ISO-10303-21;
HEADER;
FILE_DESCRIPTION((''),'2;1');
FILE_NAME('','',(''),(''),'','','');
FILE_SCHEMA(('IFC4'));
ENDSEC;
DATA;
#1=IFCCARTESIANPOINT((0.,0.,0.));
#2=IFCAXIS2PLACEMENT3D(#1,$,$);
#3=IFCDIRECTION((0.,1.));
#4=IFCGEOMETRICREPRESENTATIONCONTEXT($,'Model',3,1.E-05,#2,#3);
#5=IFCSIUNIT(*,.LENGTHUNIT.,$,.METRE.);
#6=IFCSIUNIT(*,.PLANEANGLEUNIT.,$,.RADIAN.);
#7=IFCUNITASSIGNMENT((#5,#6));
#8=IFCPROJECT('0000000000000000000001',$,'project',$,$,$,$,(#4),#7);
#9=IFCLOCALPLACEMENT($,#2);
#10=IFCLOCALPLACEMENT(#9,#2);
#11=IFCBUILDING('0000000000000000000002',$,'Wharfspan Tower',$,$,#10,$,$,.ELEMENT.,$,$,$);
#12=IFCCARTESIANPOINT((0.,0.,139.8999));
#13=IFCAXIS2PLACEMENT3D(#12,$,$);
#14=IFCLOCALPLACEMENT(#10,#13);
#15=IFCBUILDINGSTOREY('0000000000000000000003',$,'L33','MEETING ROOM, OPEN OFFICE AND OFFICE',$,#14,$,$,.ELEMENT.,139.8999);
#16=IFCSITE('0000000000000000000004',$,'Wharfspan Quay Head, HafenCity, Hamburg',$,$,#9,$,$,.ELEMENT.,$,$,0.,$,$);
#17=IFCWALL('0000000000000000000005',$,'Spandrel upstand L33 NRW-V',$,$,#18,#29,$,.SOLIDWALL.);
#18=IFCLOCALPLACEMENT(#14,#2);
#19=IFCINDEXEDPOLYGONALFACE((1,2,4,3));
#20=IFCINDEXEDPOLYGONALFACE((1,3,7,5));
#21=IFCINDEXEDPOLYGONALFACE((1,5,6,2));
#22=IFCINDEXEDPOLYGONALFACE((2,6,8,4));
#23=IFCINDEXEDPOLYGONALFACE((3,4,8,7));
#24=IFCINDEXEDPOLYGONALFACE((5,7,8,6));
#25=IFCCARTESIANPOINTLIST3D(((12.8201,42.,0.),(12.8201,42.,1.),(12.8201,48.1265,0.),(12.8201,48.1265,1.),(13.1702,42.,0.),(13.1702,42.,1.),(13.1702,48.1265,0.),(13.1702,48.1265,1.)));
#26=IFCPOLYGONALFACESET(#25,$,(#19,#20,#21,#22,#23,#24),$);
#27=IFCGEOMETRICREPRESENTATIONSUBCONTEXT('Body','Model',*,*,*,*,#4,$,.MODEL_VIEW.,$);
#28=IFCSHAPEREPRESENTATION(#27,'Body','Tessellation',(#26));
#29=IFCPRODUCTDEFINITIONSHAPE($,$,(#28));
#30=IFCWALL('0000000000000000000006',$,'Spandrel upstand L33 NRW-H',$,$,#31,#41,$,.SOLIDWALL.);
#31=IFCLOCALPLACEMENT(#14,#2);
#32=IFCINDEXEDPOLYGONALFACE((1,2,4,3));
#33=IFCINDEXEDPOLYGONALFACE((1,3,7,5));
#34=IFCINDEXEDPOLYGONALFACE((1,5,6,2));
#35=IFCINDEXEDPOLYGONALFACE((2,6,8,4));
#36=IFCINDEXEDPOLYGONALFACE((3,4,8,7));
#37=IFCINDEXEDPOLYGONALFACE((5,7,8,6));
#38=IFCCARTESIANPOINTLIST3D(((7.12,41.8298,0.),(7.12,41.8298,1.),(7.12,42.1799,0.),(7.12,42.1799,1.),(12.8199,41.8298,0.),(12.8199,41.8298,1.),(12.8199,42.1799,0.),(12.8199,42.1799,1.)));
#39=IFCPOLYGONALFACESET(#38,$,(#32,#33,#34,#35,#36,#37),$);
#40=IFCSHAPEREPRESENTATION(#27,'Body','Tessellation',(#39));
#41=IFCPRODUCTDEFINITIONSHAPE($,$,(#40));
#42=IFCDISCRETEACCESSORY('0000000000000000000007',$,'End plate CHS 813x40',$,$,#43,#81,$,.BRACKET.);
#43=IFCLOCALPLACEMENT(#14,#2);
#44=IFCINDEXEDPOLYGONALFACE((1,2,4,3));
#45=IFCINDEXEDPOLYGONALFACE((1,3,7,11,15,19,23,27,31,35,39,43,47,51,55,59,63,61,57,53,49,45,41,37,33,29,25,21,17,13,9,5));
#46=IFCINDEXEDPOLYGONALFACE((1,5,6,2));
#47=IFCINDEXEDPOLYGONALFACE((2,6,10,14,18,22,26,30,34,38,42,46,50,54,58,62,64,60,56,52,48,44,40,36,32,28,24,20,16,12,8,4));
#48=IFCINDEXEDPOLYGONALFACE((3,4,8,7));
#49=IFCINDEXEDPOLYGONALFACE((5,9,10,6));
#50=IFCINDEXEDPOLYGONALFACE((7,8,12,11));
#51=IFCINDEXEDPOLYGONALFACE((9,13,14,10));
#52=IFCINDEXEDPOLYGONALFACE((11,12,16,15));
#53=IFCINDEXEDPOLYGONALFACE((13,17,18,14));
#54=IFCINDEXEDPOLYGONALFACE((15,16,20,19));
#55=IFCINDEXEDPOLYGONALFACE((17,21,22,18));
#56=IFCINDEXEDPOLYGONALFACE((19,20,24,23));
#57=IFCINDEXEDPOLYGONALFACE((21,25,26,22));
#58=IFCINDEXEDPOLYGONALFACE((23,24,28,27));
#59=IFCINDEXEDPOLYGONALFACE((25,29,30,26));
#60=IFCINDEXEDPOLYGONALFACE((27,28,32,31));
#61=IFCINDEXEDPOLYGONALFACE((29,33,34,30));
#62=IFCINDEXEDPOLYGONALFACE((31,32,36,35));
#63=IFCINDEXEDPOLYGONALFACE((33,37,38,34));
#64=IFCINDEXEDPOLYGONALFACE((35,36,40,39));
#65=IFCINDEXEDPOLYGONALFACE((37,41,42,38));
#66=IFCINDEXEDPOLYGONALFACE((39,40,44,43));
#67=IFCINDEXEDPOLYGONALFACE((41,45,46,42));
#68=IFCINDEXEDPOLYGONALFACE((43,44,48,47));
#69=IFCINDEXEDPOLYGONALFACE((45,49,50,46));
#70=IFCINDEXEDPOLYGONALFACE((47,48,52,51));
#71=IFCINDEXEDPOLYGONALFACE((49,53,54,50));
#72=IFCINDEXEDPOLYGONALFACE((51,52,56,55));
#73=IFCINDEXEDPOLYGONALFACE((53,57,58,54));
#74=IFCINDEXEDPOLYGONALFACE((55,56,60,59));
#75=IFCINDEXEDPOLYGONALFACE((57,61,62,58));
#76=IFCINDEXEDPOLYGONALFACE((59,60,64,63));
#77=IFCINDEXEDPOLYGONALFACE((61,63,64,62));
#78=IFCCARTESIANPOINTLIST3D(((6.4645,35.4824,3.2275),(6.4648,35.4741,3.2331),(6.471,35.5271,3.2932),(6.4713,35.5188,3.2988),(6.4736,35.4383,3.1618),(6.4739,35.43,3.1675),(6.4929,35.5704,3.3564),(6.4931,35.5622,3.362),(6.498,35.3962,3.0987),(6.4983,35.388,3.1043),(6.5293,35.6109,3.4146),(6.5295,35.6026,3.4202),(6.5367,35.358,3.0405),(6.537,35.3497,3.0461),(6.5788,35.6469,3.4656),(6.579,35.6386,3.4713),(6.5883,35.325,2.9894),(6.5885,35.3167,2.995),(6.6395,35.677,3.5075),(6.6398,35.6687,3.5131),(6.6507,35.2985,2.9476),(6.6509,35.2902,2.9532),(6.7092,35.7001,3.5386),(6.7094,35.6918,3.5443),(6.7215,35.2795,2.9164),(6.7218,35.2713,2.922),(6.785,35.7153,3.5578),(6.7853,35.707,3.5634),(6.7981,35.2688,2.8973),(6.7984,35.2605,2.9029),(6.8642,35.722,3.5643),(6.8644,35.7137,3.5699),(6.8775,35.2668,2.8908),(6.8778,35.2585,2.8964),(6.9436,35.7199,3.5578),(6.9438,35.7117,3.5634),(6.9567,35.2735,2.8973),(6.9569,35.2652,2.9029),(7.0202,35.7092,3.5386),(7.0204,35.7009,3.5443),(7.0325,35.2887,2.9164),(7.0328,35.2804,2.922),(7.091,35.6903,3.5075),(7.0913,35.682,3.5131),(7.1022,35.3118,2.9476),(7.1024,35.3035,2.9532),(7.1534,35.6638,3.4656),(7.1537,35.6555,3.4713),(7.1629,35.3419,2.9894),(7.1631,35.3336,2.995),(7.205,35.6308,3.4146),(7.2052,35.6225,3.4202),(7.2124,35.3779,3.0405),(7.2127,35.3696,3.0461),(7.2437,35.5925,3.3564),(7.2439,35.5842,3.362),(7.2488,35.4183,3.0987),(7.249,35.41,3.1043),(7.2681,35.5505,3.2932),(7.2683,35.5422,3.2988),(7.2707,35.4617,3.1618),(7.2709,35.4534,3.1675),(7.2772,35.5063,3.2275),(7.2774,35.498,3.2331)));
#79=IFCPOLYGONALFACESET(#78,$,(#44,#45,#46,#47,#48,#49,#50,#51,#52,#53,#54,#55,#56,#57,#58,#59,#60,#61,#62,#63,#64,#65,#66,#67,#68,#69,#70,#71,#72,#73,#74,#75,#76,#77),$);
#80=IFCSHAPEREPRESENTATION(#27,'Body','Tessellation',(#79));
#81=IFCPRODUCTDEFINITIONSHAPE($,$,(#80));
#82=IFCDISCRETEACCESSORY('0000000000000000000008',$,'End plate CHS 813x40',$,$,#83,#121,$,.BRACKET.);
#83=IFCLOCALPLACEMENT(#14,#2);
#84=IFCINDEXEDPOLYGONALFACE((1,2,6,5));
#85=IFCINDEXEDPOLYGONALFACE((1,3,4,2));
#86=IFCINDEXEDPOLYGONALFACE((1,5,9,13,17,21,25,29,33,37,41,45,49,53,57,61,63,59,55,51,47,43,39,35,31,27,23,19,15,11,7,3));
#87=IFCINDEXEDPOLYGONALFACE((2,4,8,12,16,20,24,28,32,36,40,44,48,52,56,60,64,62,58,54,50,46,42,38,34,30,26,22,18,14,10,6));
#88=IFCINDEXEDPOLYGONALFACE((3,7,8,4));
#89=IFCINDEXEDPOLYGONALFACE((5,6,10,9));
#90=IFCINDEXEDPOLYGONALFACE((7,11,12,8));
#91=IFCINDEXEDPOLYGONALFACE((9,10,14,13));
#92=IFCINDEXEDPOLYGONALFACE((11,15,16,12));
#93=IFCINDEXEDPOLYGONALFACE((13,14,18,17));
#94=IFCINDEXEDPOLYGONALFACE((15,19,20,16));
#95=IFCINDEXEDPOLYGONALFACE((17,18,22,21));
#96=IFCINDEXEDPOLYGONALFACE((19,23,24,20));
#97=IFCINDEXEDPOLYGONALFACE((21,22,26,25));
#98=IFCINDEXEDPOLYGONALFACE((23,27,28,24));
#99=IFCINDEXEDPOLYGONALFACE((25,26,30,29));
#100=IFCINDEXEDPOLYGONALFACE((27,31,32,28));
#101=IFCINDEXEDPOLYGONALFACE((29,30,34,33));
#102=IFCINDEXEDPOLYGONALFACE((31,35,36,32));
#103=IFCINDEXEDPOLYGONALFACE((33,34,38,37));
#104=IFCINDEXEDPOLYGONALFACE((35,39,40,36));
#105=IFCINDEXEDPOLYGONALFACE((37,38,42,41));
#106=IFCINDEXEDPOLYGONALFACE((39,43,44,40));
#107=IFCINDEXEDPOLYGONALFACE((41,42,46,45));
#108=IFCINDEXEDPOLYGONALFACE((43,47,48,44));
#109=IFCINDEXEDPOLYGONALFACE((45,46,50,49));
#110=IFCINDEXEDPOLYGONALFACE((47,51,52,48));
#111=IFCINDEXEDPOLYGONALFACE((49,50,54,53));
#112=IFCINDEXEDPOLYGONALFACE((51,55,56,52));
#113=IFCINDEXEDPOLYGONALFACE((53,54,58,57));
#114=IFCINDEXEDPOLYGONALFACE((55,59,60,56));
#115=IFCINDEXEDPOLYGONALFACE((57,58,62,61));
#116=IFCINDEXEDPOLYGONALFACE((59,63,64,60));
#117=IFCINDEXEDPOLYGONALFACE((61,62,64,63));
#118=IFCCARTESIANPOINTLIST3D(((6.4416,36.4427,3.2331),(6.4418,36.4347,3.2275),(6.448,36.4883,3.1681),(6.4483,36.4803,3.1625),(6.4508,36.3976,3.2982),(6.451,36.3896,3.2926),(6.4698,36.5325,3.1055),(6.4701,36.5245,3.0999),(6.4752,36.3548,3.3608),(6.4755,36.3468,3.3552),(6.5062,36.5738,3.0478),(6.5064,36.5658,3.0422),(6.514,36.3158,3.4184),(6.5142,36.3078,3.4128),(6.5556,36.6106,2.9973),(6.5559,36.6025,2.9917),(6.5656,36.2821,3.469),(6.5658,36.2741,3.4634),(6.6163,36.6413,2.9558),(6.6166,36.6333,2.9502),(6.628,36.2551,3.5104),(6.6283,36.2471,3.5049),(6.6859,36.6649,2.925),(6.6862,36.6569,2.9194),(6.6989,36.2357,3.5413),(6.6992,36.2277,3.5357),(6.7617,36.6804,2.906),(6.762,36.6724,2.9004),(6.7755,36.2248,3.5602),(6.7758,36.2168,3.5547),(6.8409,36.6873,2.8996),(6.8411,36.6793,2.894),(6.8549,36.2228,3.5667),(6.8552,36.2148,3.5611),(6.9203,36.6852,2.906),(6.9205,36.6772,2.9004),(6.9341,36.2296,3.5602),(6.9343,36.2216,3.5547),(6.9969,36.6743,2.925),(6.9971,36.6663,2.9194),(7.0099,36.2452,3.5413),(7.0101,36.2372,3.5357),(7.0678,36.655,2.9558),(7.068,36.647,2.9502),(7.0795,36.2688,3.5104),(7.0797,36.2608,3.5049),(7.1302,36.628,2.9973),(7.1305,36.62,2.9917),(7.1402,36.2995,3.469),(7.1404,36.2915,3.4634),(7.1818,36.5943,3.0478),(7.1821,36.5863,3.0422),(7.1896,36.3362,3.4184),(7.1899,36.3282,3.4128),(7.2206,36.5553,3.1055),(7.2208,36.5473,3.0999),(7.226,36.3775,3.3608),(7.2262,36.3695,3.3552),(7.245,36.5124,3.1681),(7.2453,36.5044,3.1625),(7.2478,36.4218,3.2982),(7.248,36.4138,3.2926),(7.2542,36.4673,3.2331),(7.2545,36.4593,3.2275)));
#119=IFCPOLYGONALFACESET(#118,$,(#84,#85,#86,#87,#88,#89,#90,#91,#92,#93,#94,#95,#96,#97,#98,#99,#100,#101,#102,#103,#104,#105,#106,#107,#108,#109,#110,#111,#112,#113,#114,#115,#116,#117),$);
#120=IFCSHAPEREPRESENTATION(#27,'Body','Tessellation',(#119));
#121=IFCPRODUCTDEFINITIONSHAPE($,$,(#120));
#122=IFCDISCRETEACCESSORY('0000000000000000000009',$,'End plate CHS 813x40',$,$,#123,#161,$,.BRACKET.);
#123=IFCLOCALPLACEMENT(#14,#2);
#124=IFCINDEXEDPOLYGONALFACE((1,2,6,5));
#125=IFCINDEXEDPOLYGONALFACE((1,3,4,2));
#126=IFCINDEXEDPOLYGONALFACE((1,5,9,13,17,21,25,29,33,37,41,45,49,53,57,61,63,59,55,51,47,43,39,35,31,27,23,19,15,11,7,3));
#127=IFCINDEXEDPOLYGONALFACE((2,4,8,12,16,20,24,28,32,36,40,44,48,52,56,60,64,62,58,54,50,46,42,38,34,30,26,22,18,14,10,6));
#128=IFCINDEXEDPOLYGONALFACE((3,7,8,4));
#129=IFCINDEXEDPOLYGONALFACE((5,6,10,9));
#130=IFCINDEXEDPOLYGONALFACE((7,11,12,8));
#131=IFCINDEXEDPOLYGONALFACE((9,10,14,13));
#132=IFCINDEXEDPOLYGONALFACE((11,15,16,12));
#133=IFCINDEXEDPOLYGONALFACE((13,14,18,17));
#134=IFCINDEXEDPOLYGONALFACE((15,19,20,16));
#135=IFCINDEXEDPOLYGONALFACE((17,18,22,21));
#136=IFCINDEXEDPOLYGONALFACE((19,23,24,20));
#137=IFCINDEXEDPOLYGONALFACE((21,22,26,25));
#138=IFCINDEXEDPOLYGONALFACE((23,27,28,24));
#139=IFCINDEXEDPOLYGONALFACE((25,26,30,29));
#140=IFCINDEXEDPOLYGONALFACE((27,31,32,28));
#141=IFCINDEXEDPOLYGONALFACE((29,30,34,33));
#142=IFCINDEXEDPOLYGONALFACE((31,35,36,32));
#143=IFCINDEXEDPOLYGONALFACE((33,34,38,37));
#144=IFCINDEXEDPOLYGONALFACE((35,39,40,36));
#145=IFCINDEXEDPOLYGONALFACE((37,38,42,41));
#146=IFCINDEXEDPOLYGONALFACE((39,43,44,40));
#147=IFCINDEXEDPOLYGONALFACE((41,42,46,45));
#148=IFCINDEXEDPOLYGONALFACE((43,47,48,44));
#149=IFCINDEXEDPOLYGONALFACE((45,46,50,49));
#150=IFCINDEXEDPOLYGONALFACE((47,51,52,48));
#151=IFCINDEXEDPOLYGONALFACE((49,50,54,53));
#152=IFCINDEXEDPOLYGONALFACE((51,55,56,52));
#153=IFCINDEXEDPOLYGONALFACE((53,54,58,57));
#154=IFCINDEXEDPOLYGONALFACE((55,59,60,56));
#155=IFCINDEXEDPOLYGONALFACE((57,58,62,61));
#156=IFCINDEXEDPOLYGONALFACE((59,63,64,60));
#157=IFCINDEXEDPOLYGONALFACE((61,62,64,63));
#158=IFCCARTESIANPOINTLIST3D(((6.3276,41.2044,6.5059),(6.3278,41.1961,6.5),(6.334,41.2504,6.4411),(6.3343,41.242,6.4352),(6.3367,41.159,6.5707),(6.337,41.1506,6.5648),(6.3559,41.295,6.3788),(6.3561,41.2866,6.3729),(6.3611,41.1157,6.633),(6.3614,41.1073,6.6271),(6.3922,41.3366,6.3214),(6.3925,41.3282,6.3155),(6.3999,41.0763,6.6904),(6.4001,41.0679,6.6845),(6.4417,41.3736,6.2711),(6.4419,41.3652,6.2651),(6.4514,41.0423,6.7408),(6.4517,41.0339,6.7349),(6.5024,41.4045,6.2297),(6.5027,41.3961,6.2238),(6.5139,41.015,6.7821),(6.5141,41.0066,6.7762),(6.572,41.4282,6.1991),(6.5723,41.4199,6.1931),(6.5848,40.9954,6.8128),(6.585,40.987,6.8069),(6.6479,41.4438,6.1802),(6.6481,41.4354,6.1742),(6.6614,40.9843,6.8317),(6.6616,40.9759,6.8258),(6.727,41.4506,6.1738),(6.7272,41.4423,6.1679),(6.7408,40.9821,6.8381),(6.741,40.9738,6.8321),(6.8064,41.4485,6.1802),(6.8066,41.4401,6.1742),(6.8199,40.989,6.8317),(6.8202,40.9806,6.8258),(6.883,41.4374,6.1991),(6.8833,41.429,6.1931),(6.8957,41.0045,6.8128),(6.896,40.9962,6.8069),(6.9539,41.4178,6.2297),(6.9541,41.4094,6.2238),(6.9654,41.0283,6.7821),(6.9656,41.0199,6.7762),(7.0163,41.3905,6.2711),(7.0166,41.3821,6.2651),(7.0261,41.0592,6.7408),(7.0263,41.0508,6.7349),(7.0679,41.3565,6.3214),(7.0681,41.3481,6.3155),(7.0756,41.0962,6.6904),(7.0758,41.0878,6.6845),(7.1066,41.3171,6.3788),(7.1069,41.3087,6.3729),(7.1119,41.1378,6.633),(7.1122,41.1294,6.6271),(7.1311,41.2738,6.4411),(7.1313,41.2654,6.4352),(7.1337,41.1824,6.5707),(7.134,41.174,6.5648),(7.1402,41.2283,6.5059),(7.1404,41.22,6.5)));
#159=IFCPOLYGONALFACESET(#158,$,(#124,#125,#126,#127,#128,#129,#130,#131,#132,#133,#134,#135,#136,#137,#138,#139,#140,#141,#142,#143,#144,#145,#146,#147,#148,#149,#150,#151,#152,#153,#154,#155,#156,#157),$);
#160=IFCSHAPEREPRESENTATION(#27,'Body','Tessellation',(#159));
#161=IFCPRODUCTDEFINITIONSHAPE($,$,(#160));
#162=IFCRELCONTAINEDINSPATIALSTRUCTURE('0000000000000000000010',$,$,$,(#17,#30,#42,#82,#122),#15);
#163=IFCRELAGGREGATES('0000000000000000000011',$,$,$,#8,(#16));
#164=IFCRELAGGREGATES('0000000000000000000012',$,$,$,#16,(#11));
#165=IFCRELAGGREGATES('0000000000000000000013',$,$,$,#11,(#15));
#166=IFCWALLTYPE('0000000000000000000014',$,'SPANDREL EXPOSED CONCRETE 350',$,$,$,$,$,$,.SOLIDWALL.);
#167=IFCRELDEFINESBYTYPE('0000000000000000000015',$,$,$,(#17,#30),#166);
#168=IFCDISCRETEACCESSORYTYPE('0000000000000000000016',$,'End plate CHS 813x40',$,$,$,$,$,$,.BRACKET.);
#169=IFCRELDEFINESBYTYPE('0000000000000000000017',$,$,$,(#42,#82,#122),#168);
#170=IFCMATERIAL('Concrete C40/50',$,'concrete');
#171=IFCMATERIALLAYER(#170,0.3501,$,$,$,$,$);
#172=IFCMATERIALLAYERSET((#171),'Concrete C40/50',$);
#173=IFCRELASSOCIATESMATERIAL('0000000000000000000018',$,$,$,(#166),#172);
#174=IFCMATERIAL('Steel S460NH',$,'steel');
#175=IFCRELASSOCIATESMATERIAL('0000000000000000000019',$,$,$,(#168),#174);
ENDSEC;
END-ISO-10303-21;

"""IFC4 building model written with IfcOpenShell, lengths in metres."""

from ifc_helpers import new_model, si_unit, direction, frame, frame_2d, origin, origin_2d, place, context, subcontext, project, spatial, rectangle, circle, extrude, material, layer, layer_set, material_profile, profile_set, type_object, element, save


model = new_model("IFC4")

# Units and contexts
model_context = context("Model", 3, precision=1e-05, world=origin(), true_north=direction((0.0, 1.0)))
body_context = subcontext(model_context, "Body", "Model", "MODEL_VIEW")
ifc_project = project(units=[si_unit("LENGTHUNIT", "METRE"), si_unit("PLANEANGLEUNIT", "RADIAN")], contexts=[model_context])

# Site, building, storey
site_placement = place(None, origin())
site = spatial("IfcSite", under=ifc_project, at=site_placement, Name="Wharfspan Quay Head, HafenCity, Hamburg", CompositionType="ELEMENT", RefElevation=0.0)
building_placement = place(site_placement, origin())
building = spatial("IfcBuilding", under=site, at=building_placement, Name="Wharfspan Tower", CompositionType="ELEMENT")
storey_placement = place(building_placement, frame((0.0, 0.0, 139.8999)))
storey = spatial("IfcBuildingStorey", under=building, at=storey_placement, Name="L33", Description="MEETING ROOM, OPEN OFFICE AND OFFICE", CompositionType="ELEMENT", Elevation=139.8999)

# Shared definitions
ifc_material_1 = material(Name="Steel S460NH", Category="steel")

# Walls
ifc_material_2 = material(Name="Concrete C40/50", Category="concrete")
ifc_layer_1 = layer(ifc_material_2, 0.3501)
ifc_layer_set_1 = layer_set([ifc_layer_1], Name="Concrete C40/50")
wall_type = type_object("IfcWallType", Name="SPANDREL EXPOSED CONCRETE 350", PredefinedType="SOLIDWALL", material=ifc_layer_set_1)
wall_1_placement = place(storey_placement, frame((12.9951, 48.1265, 0.0), z_axis=(0.0, 0.0, 1.0), x_axis=(0.0, -1.0, 0.0)))
element("IfcWall", 1, at=wall_1_placement, inside=storey, type_object=wall_type, Name="Spandrel upstand L33 NRW-V", PredefinedType="SOLIDWALL", context=body_context, shape_type="SweptSolid", body=[
    extrude(rectangle(XDim=6.1265, YDim=0.3501, at=frame_2d((3.0632, 0.0))), origin(), (0.0, 0.0, 1.0), 1.0),
])
wall_2_placement = place(storey_placement, frame((12.8201, 42.0049, 0.0), z_axis=(0.0, 0.0, 1.0), x_axis=(-1.0, 0.0, 0.0)))
element("IfcWall", 2, at=wall_2_placement, inside=storey, type_object=wall_type, Name="Spandrel upstand L33 NRW-H", PredefinedType="SOLIDWALL", context=body_context, shape_type="SweptSolid", body=[
    extrude(rectangle(XDim=5.7, YDim=0.3501, at=frame_2d((2.8501, 0.0))), origin(), (0.0, 0.0, 1.0), 1.0),
])

# Discrete accessories
ifc_material_profile_1 = material_profile(ifc_material_1, circle(Radius=0.4065, at=origin_2d()))
ifc_profile_set_1 = profile_set([ifc_material_profile_1], Name="Steel S460NH")
discrete_accessory_type = type_object("IfcDiscreteAccessoryType", Name="End plate CHS 813x40", PredefinedType="BRACKET", material=ifc_profile_set_1)
discrete_accessory_1_placement = place(storey_placement, frame((6.8708, 35.4944, 3.2275), z_axis=(0.024354, -0.828038, 0.560143), x_axis=(0.999568, 0.029399, 0.0)))
element("IfcDiscreteAccessory", 3, at=discrete_accessory_1_placement, inside=storey, type_object=discrete_accessory_type, Name="End plate CHS 813x40", PredefinedType="BRACKET", context=body_context, shape_type="SweptSolid", body=[
    extrude(circle(Radius=0.4065, at=origin_2d()), origin(), (0.0, 0.0, 1.0), 0.01),
])
discrete_accessory_2_placement = place(storey_placement, frame((6.8481, 36.447, 3.2275), z_axis=(-0.024853, 0.820145, 0.571616), x_axis=(-0.999542, -0.03029, 0.000001)))
element("IfcDiscreteAccessory", 4, at=discrete_accessory_2_placement, inside=storey, type_object=discrete_accessory_type, Name="End plate CHS 813x40", PredefinedType="BRACKET", context=body_context, shape_type="SweptSolid", body=[
    extrude(circle(Radius=0.4065, at=origin_2d()), origin(), (0.0, 0.0, 1.0), 0.0098),
])
discrete_accessory_3_placement = place(storey_placement, frame((6.7341, 41.208, 6.5), z_axis=(-0.024022, 0.816732, 0.576517), x_axis=(-0.99957, -0.029399, -0.000001)))
element("IfcDiscreteAccessory", 5, at=discrete_accessory_3_placement, inside=storey, type_object=discrete_accessory_type, Name="End plate CHS 813x40", PredefinedType="BRACKET", context=body_context, shape_type="SweptSolid", body=[
    extrude(circle(Radius=0.4065, at=origin_2d()), origin(), (0.0, 0.0, 1.0), 0.0103),
])

save(model, "model.ifc")
